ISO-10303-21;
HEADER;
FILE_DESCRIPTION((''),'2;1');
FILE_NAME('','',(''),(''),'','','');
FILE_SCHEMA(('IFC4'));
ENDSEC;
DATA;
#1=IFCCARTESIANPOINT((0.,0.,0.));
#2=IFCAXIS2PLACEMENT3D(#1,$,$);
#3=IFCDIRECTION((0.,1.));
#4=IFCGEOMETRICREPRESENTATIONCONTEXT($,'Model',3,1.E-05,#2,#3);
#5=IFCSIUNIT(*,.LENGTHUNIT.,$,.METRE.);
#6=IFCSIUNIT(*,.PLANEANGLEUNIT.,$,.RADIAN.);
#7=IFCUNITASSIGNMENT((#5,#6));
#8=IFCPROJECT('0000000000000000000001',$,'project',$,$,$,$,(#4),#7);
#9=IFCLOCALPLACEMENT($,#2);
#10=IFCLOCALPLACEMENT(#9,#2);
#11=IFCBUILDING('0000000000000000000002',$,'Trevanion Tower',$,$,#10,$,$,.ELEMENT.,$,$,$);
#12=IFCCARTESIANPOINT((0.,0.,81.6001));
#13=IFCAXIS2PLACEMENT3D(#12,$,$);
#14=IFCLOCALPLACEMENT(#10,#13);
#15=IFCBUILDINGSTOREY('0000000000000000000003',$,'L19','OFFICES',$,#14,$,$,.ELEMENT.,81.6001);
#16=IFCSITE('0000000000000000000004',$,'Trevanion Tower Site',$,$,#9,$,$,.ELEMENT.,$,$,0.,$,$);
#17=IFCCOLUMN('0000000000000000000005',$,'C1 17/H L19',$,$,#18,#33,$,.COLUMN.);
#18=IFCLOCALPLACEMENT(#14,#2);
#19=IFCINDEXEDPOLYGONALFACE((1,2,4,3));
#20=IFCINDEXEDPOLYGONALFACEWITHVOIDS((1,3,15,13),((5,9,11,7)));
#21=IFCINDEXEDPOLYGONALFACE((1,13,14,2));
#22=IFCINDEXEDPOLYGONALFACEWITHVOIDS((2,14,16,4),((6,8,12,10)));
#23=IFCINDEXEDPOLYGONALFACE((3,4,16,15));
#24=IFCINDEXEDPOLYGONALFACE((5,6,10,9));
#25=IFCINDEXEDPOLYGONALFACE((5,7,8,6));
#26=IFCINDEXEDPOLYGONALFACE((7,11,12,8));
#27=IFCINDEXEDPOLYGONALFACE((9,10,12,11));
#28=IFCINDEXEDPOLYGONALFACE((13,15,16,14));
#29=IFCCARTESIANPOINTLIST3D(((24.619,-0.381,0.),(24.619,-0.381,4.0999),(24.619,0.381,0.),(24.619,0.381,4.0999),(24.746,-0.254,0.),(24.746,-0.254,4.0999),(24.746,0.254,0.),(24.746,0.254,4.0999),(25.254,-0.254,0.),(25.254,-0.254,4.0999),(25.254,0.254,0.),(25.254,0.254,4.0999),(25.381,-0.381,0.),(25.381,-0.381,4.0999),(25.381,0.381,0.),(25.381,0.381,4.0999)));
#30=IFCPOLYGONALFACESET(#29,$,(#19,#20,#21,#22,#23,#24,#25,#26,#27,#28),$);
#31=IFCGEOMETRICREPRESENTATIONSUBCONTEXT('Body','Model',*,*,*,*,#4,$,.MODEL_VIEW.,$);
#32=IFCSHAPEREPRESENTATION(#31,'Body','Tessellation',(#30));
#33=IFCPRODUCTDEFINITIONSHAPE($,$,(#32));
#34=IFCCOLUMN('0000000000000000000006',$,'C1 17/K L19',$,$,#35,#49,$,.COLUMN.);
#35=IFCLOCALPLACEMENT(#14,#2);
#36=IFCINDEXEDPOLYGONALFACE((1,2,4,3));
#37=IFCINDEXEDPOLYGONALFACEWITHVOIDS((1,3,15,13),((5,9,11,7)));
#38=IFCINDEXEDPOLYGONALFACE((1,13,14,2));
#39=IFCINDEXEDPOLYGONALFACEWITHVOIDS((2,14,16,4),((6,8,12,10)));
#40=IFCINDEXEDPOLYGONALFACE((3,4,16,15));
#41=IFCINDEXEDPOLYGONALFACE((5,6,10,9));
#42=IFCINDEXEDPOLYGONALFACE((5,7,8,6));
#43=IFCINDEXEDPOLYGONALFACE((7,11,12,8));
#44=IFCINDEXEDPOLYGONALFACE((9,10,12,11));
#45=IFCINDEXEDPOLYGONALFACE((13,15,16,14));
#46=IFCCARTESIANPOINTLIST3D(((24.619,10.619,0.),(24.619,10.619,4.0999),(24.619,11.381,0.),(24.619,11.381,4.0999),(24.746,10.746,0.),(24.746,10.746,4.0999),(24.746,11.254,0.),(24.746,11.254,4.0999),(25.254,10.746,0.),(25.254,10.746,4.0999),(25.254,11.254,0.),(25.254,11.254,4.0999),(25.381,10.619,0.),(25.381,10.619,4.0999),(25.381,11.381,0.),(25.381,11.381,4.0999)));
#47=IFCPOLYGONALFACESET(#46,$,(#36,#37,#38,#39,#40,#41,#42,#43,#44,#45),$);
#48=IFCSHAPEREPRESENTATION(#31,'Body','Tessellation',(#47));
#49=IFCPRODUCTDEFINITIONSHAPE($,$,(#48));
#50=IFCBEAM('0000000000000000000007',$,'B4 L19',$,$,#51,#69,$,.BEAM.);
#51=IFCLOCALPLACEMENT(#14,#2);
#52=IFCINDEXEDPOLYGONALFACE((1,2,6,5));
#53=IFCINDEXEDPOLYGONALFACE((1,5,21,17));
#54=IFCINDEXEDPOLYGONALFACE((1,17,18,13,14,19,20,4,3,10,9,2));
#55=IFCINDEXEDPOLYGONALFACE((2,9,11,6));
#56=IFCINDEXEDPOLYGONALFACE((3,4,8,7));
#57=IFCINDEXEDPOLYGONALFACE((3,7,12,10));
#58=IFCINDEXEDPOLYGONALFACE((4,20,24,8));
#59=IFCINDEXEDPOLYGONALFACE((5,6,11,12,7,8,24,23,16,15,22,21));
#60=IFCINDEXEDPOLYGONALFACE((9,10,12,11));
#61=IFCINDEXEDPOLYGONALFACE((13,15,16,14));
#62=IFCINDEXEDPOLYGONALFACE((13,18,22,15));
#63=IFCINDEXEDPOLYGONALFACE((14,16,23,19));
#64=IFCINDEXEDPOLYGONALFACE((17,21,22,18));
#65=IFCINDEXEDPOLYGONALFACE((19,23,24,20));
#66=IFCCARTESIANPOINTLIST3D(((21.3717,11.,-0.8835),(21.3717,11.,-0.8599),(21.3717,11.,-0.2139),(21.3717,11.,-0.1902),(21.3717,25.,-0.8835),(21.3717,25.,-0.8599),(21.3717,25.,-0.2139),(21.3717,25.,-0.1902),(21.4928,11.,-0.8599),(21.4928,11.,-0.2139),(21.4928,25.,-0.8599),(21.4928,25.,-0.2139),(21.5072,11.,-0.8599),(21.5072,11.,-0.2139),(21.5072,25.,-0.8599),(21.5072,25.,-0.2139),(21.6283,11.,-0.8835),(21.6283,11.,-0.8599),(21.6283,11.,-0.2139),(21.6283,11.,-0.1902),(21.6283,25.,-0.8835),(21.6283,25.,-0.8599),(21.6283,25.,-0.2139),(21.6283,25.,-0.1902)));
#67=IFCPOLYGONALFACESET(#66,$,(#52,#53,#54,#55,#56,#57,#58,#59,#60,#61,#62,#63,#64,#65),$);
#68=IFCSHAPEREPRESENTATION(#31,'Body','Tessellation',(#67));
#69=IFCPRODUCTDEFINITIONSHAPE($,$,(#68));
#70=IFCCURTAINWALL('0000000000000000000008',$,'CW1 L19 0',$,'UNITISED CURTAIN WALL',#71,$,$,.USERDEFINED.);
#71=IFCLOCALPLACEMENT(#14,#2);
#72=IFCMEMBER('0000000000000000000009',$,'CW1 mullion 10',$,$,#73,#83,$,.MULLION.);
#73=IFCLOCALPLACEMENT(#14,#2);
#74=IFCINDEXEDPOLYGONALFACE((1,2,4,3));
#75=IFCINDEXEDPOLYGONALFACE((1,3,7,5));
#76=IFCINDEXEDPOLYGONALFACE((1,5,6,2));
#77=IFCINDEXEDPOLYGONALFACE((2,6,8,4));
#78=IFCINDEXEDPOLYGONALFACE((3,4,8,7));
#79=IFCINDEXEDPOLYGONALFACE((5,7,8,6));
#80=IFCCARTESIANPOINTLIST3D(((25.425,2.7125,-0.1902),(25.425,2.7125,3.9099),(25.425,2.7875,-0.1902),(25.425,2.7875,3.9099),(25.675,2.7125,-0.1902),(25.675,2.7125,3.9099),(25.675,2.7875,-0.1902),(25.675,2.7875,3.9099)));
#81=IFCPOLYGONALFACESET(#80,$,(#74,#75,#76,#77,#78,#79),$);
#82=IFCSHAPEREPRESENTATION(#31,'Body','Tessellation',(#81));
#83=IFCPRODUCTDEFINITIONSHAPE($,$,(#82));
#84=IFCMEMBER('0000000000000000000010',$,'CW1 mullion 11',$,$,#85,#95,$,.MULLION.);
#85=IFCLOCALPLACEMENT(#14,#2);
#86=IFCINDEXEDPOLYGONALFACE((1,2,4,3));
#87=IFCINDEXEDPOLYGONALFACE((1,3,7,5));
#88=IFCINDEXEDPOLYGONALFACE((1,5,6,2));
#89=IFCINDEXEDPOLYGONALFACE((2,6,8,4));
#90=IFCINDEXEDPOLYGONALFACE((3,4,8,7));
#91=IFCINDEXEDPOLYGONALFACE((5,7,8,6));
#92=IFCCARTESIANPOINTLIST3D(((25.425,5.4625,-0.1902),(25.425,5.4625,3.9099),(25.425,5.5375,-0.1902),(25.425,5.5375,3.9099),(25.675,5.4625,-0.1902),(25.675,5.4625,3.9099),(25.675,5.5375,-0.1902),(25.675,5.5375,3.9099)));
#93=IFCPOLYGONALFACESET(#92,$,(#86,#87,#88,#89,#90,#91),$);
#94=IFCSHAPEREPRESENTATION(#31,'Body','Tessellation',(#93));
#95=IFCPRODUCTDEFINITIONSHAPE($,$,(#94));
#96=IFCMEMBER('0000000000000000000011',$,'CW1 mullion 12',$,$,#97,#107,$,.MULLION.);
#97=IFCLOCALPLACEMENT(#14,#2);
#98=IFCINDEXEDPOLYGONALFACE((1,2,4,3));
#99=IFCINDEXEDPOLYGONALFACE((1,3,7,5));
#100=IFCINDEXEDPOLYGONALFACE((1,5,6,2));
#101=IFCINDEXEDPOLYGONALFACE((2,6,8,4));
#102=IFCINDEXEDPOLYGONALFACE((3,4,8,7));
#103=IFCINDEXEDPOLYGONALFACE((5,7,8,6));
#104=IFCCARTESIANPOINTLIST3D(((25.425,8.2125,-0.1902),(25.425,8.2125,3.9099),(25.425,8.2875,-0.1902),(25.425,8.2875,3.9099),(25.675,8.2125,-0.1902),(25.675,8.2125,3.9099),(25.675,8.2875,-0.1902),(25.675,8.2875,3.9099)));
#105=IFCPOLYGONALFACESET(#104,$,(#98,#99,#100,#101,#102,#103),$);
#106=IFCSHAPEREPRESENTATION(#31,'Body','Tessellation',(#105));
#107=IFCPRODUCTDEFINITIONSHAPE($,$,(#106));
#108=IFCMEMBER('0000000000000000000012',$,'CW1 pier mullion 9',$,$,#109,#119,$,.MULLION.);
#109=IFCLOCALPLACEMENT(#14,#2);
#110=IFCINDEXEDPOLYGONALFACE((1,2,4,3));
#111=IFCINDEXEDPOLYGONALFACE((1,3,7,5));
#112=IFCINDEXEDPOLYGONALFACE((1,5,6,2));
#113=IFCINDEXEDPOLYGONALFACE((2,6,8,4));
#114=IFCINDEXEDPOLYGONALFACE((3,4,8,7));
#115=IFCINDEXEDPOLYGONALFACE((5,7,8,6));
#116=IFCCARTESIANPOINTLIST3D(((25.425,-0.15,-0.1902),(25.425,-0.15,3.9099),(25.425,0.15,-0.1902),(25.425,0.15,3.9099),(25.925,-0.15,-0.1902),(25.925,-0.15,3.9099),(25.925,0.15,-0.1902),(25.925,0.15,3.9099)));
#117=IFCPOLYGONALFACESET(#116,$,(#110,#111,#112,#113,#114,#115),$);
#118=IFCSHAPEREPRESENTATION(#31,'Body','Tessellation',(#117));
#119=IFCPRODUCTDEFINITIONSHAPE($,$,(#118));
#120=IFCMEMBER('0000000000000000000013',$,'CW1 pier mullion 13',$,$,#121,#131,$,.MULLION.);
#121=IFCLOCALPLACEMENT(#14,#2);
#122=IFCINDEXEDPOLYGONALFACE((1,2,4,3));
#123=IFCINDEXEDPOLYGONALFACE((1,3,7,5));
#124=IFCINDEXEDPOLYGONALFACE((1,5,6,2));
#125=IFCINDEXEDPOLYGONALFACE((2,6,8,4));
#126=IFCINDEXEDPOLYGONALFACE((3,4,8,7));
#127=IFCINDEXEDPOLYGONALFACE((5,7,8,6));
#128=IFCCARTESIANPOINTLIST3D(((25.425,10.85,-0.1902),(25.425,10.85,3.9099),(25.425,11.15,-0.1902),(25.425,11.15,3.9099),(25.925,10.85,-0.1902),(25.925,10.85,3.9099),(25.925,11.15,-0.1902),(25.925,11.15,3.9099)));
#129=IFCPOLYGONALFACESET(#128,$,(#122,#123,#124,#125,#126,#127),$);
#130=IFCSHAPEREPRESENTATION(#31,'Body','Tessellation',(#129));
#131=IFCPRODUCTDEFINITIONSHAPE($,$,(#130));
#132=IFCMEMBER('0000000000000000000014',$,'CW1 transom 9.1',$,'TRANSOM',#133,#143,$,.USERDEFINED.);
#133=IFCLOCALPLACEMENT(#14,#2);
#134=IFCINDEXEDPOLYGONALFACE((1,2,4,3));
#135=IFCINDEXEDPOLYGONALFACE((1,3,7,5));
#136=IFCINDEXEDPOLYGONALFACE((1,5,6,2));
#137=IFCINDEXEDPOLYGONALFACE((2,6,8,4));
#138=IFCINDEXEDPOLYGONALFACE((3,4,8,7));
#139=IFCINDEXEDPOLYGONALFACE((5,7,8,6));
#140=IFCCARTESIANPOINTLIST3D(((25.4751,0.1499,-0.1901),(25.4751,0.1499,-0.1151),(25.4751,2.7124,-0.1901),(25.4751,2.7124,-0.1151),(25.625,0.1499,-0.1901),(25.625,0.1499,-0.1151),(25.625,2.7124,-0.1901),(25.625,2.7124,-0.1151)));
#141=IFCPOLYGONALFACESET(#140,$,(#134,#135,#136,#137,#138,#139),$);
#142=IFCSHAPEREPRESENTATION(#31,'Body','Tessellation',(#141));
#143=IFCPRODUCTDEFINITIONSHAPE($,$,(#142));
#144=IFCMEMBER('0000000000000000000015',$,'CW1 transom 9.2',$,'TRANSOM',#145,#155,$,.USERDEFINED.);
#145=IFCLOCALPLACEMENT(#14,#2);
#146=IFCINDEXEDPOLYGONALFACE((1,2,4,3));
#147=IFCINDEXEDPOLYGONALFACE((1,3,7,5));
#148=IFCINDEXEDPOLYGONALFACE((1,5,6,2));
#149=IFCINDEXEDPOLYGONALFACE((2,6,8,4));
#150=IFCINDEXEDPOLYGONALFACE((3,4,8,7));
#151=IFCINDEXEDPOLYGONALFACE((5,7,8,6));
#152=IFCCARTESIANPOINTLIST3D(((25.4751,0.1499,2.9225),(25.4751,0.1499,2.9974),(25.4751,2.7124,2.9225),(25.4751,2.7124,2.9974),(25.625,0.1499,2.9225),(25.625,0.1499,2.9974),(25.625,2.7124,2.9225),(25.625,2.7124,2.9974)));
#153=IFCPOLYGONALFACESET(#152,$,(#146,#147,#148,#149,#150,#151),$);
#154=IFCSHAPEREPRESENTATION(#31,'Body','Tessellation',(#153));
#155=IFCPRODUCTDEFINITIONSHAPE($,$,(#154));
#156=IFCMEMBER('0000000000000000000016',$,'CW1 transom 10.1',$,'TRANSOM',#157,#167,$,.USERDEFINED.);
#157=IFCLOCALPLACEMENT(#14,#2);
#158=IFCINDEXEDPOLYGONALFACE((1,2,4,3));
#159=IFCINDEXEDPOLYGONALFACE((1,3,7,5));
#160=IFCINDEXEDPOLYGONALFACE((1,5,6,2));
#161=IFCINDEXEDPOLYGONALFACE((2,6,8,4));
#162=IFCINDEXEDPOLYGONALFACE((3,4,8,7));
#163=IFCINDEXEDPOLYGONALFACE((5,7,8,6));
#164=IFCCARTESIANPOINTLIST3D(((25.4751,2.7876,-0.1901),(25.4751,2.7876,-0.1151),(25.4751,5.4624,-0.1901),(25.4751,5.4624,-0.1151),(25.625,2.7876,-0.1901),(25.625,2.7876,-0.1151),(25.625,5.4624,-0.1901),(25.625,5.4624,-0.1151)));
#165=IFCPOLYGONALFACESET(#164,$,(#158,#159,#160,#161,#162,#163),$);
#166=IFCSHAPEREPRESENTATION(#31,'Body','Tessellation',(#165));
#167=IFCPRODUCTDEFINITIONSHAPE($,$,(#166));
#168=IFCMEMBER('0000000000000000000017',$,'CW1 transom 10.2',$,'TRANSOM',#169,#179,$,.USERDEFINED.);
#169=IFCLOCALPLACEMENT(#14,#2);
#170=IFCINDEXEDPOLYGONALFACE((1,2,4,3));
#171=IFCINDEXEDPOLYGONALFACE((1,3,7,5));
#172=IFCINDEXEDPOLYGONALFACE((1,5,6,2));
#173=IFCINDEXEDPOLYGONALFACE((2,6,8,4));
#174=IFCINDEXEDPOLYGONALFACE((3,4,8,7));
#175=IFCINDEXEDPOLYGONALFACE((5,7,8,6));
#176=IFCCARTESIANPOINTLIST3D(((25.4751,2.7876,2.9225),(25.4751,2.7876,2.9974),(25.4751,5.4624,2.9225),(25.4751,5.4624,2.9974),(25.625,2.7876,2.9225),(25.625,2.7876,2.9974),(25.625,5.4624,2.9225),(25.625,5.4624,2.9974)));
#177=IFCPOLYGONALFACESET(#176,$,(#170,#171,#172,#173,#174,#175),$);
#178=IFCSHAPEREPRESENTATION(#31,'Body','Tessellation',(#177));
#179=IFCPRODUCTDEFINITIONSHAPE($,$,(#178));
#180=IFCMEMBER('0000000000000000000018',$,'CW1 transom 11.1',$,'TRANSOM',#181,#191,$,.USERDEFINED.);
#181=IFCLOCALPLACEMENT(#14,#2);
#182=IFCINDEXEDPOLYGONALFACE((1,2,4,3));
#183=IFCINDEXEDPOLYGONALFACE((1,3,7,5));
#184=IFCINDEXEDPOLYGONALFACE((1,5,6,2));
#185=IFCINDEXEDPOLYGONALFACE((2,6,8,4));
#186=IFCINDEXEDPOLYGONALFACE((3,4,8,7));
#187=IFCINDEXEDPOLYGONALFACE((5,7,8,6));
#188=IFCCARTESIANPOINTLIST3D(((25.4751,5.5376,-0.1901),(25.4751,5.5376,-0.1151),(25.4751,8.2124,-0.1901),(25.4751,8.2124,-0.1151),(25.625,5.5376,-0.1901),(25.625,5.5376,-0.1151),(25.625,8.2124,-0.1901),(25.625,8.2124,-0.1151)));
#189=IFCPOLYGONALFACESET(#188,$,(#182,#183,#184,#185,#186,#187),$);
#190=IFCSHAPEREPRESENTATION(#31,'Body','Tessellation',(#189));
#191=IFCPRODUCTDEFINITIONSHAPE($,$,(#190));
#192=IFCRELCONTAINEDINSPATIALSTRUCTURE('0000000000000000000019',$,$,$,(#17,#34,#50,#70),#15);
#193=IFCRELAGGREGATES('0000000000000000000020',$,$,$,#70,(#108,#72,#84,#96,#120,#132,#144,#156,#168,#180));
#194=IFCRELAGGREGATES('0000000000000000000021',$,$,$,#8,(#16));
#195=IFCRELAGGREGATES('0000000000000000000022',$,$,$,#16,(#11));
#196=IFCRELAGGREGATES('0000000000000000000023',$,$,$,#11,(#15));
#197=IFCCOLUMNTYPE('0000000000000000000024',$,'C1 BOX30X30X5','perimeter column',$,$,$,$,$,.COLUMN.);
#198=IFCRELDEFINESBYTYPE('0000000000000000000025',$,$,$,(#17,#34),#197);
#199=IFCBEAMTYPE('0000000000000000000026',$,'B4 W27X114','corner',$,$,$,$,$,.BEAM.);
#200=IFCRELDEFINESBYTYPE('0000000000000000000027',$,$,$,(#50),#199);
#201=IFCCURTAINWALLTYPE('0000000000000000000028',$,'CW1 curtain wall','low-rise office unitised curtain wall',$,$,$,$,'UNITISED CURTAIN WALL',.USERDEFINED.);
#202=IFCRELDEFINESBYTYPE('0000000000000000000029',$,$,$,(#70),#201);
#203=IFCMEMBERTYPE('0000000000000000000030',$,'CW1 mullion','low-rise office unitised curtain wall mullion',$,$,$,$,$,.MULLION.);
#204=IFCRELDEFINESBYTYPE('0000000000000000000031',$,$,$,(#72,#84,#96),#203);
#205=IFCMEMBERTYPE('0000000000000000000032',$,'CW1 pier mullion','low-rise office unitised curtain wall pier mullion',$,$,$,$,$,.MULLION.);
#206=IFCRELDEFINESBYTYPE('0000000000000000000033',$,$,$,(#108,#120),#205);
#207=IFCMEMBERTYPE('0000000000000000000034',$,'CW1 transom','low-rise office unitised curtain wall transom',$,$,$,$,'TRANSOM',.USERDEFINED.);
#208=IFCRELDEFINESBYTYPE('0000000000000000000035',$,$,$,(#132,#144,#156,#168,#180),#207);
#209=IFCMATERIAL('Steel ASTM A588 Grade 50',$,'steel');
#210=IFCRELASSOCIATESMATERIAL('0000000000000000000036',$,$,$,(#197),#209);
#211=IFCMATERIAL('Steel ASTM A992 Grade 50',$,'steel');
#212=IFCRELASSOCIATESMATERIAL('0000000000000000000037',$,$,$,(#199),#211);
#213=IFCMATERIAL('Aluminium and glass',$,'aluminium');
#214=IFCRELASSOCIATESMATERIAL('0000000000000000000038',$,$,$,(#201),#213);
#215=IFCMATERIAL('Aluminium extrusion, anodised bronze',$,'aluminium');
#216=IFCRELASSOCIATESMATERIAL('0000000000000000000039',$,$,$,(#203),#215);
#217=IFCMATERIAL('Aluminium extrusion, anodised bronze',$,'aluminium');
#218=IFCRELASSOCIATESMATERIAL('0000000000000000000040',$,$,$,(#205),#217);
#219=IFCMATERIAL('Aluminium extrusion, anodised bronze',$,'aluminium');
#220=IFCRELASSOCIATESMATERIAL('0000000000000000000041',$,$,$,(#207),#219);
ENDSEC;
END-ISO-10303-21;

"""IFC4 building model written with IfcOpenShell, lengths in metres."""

from ifc_helpers import new_model, si_unit, direction, frame, origin, origin_2d, place, context, subcontext, project, spatial, rectangle, hollow_rectangle, i_section, extrude, material, material_profile, profile_set, type_object, element, aggregate, save


model = new_model("IFC4")

# Units and contexts
model_context = context("Model", 3, precision=1e-05, world=origin(), true_north=direction((0.0, 1.0)))
body_context = subcontext(model_context, "Body", "Model", "MODEL_VIEW")
ifc_project = project(units=[si_unit("LENGTHUNIT", "METRE"), si_unit("PLANEANGLEUNIT", "RADIAN")], contexts=[model_context])

# Site, building, storey
site_placement = place(None, origin())
site = spatial("IfcSite", under=ifc_project, at=site_placement, Name="Trevanion Tower Site", CompositionType="ELEMENT", RefElevation=0.0)
building_placement = place(site_placement, origin())
building = spatial("IfcBuilding", under=site, at=building_placement, Name="Trevanion Tower", CompositionType="ELEMENT")
storey_placement = place(building_placement, frame((0.0, 0.0, 81.6001)))
storey = spatial("IfcBuildingStorey", under=building, at=storey_placement, Name="L19", Description="OFFICES", CompositionType="ELEMENT", Elevation=81.6001)

# Columns
ifc_material_1 = material(Name="Steel ASTM A588 Grade 50", Category="steel")
ifc_material_profile_1 = material_profile(ifc_material_1, hollow_rectangle(XDim=0.762, YDim=0.762, WallThickness=0.127, at=origin_2d()), Name="BOX30X30X5")
ifc_profile_set_1 = profile_set([ifc_material_profile_1], Name="Steel ASTM A588 Grade 50")
column_type = type_object("IfcColumnType", Name="C1 BOX30X30X5", Description="perimeter column", PredefinedType="COLUMN", material=ifc_profile_set_1)
for number, where, z_axis, x_axis, name in (
    (1, (25.0, 0.0, 0.0), (0.0, 0.0, 1.0), (0.0, 1.0, 0.0), "C1 17/H L19"),
    (2, (25.0, 11.0, 0.0), (0.0, 0.0, 1.0), (0.0, 1.0, 0.0), "C1 17/K L19"),
):
    element("IfcColumn", number, at=place(storey_placement, frame(where, z_axis=z_axis, x_axis=x_axis)), inside=storey, type_object=column_type, Name=name, PredefinedType="COLUMN", context=body_context, shape_type="SweptSolid", body=[
        extrude(hollow_rectangle(XDim=0.762, YDim=0.762, WallThickness=0.127, at=origin_2d()), origin(), (0.0, 0.0, 1.0), 4.0999),
    ])

# Beam
ifc_material_2 = material(Name="Steel ASTM A992 Grade 50", Category="steel")
ifc_material_profile_2 = material_profile(ifc_material_2, i_section(OverallWidth=0.2566, OverallDepth=0.6934, WebThickness=0.0144, FlangeThickness=0.0237, at=origin_2d()), Name="W27X114")
ifc_profile_set_2 = profile_set([ifc_material_profile_2], Name="Steel ASTM A992 Grade 50")
beam_type_1 = type_object("IfcBeamType", Name="B4 W27X114", Description="corner", PredefinedType="BEAM", material=ifc_profile_set_2)
beam_1_placement = place(storey_placement, frame((21.5, 11.0, -0.5369), z_axis=(0.0, 1.0, 0.0), x_axis=(-1.0, 0.0, 0.0)))
element("IfcBeam", 3, at=beam_1_placement, inside=storey, type_object=beam_type_1, Name="B4 L19", PredefinedType="BEAM", context=body_context, shape_type="SweptSolid", body=[
    extrude(i_section(OverallWidth=0.2566, OverallDepth=0.6934, WebThickness=0.0144, FlangeThickness=0.0237, at=origin_2d()), origin(), (0.0, 0.0, 1.0), 14.0),
])

# Curtain wall, members
ifc_material_3 = material(Name="Aluminium and glass", Category="aluminium")
curtain_wall_type = type_object("IfcCurtainWallType", Name="CW1 curtain wall", Description="low-rise office unitised curtain wall", ElementType="UNITISED CURTAIN WALL", PredefinedType="USERDEFINED", material=ifc_material_3)
curtain_wall_placement = place(storey_placement, origin())
curtain_wall = element("IfcCurtainWall", 4, at=curtain_wall_placement, inside=storey, type_object=curtain_wall_type, Name="CW1 L19 0", ObjectType="UNITISED CURTAIN WALL", PredefinedType="USERDEFINED")
ifc_material_4 = material(Name="Aluminium extrusion, anodised bronze", Category="aluminium")
ifc_material_profile_3 = material_profile(ifc_material_4, rectangle(XDim=0.075, YDim=0.25, at=origin_2d()), Name="CW1 mullion")
ifc_profile_set_3 = profile_set([ifc_material_profile_3], Name="Aluminium extrusion, anodised bronze")
member_type_1 = type_object("IfcMemberType", Name="CW1 mullion", Description="low-rise office unitised curtain wall mullion", PredefinedType="MULLION", material=ifc_profile_set_3)
member_1_placement = place(storey_placement, frame((25.55, 2.75, -0.1902), z_axis=(0.0, 0.0, 1.0), x_axis=(0.0, 1.0, 0.0)))
member_1 = element("IfcMember", 5, at=member_1_placement, type_object=member_type_1, Name="CW1 mullion 10", PredefinedType="MULLION", context=body_context, shape_type="SweptSolid", body=[
    extrude(rectangle(XDim=0.075, YDim=0.25, at=origin_2d()), origin(), (0.0, 0.0, 1.0), 4.1001),
])
member_2_placement = place(storey_placement, frame((25.55, 5.5, -0.1902), z_axis=(0.0, 0.0, 1.0), x_axis=(0.0, 1.0, 0.0)))
member_2 = element("IfcMember", 6, at=member_2_placement, type_object=member_type_1, Name="CW1 mullion 11", PredefinedType="MULLION", context=body_context, shape_type="SweptSolid", body=[
    extrude(rectangle(XDim=0.075, YDim=0.25, at=origin_2d()), origin(), (0.0, 0.0, 1.0), 4.1001),
])
member_3_placement = place(storey_placement, frame((25.55, 8.25, -0.1902), z_axis=(0.0, 0.0, 1.0), x_axis=(0.0, 1.0, 0.0)))
member_3 = element("IfcMember", 7, at=member_3_placement, type_object=member_type_1, Name="CW1 mullion 12", PredefinedType="MULLION", context=body_context, shape_type="SweptSolid", body=[
    extrude(rectangle(XDim=0.075, YDim=0.25, at=origin_2d()), origin(), (0.0, 0.0, 1.0), 4.1001),
])
ifc_material_5 = material(Name="Aluminium extrusion, anodised bronze", Category="aluminium")
ifc_material_profile_4 = material_profile(ifc_material_5, rectangle(XDim=0.3, YDim=0.5, at=origin_2d()), Name="CW1 pier mullion")
ifc_profile_set_4 = profile_set([ifc_material_profile_4], Name="Aluminium extrusion, anodised bronze")
member_type_2 = type_object("IfcMemberType", Name="CW1 pier mullion", Description="low-rise office unitised curtain wall pier mullion", PredefinedType="MULLION", material=ifc_profile_set_4)
member_4_placement = place(storey_placement, frame((25.675, 0.0, -0.1902), z_axis=(0.0, 0.0, 1.0), x_axis=(0.0, 1.0, 0.0)))
member_4 = element("IfcMember", 8, at=member_4_placement, type_object=member_type_2, Name="CW1 pier mullion 9", PredefinedType="MULLION", context=body_context, shape_type="SweptSolid", body=[
    extrude(rectangle(XDim=0.3, YDim=0.5, at=origin_2d()), origin(), (0.0, 0.0, 1.0), 4.1001),
])
member_5_placement = place(storey_placement, frame((25.675, 11.0, -0.1902), z_axis=(0.0, 0.0, 1.0), x_axis=(0.0, 1.0, 0.0)))
member_5 = element("IfcMember", 9, at=member_5_placement, type_object=member_type_2, Name="CW1 pier mullion 13", PredefinedType="MULLION", context=body_context, shape_type="SweptSolid", body=[
    extrude(rectangle(XDim=0.3, YDim=0.5, at=origin_2d()), origin(), (0.0, 0.0, 1.0), 4.1001),
])
ifc_material_6 = material(Name="Aluminium extrusion, anodised bronze", Category="aluminium")
ifc_material_profile_5 = material_profile(ifc_material_6, rectangle(XDim=0.1499, YDim=0.075, at=origin_2d()), Name="CW1 transom")
ifc_profile_set_5 = profile_set([ifc_material_profile_5], Name="Aluminium extrusion, anodised bronze")
member_type_3 = type_object("IfcMemberType", Name="CW1 transom", Description="low-rise office unitised curtain wall transom", ElementType="TRANSOM", PredefinedType="USERDEFINED", material=ifc_profile_set_5)
member_6_placement = place(storey_placement, frame((25.55, 0.1499, -0.1526), z_axis=(0.0, 1.0, 0.0), x_axis=(-1.0, 0.0, 0.0)))
member_6 = element("IfcMember", 10, at=member_6_placement, type_object=member_type_3, Name="CW1 transom 9.1", ObjectType="TRANSOM", PredefinedType="USERDEFINED", context=body_context, shape_type="SweptSolid", body=[
    extrude(rectangle(XDim=0.1499, YDim=0.075, at=origin_2d()), origin(), (0.0, 0.0, 1.0), 2.5625),
])
member_7_placement = place(storey_placement, frame((25.55, 0.1499, 2.96), z_axis=(0.0, 1.0, 0.0), x_axis=(-1.0, 0.0, 0.0)))
member_7 = element("IfcMember", 11, at=member_7_placement, type_object=member_type_3, Name="CW1 transom 9.2", ObjectType="TRANSOM", PredefinedType="USERDEFINED", context=body_context, shape_type="SweptSolid", body=[
    extrude(rectangle(XDim=0.1499, YDim=0.075, at=origin_2d()), origin(), (0.0, 0.0, 1.0), 2.5625),
])
member_8_placement = place(storey_placement, frame((25.55, 2.7876, -0.1526), z_axis=(0.0, 1.0, 0.0), x_axis=(-1.0, 0.0, 0.0)))
member_8 = element("IfcMember", 12, at=member_8_placement, type_object=member_type_3, Name="CW1 transom 10.1", ObjectType="TRANSOM", PredefinedType="USERDEFINED", context=body_context, shape_type="SweptSolid", body=[
    extrude(rectangle(XDim=0.1499, YDim=0.075, at=origin_2d()), origin(), (0.0, 0.0, 1.0), 2.6748),
])
member_9_placement = place(storey_placement, frame((25.55, 2.7876, 2.96), z_axis=(0.0, 1.0, 0.0), x_axis=(-1.0, 0.0, 0.0)))
member_9 = element("IfcMember", 13, at=member_9_placement, type_object=member_type_3, Name="CW1 transom 10.2", ObjectType="TRANSOM", PredefinedType="USERDEFINED", context=body_context, shape_type="SweptSolid", body=[
    extrude(rectangle(XDim=0.1499, YDim=0.075, at=origin_2d()), origin(), (0.0, 0.0, 1.0), 2.6748),
])
member_10_placement = place(storey_placement, frame((25.55, 5.5376, -0.1526), z_axis=(0.0, 1.0, 0.0), x_axis=(-1.0, 0.0, 0.0)))
member_10 = element("IfcMember", 14, at=member_10_placement, type_object=member_type_3, Name="CW1 transom 11.1", ObjectType="TRANSOM", PredefinedType="USERDEFINED", context=body_context, shape_type="SweptSolid", body=[
    extrude(rectangle(XDim=0.1499, YDim=0.075, at=origin_2d()), origin(), (0.0, 0.0, 1.0), 2.6748),
])

aggregate(curtain_wall, [member_4, member_1, member_2, member_3, member_5, member_6, member_7, member_8, member_9, member_10])

save(model, "model.ifc")
